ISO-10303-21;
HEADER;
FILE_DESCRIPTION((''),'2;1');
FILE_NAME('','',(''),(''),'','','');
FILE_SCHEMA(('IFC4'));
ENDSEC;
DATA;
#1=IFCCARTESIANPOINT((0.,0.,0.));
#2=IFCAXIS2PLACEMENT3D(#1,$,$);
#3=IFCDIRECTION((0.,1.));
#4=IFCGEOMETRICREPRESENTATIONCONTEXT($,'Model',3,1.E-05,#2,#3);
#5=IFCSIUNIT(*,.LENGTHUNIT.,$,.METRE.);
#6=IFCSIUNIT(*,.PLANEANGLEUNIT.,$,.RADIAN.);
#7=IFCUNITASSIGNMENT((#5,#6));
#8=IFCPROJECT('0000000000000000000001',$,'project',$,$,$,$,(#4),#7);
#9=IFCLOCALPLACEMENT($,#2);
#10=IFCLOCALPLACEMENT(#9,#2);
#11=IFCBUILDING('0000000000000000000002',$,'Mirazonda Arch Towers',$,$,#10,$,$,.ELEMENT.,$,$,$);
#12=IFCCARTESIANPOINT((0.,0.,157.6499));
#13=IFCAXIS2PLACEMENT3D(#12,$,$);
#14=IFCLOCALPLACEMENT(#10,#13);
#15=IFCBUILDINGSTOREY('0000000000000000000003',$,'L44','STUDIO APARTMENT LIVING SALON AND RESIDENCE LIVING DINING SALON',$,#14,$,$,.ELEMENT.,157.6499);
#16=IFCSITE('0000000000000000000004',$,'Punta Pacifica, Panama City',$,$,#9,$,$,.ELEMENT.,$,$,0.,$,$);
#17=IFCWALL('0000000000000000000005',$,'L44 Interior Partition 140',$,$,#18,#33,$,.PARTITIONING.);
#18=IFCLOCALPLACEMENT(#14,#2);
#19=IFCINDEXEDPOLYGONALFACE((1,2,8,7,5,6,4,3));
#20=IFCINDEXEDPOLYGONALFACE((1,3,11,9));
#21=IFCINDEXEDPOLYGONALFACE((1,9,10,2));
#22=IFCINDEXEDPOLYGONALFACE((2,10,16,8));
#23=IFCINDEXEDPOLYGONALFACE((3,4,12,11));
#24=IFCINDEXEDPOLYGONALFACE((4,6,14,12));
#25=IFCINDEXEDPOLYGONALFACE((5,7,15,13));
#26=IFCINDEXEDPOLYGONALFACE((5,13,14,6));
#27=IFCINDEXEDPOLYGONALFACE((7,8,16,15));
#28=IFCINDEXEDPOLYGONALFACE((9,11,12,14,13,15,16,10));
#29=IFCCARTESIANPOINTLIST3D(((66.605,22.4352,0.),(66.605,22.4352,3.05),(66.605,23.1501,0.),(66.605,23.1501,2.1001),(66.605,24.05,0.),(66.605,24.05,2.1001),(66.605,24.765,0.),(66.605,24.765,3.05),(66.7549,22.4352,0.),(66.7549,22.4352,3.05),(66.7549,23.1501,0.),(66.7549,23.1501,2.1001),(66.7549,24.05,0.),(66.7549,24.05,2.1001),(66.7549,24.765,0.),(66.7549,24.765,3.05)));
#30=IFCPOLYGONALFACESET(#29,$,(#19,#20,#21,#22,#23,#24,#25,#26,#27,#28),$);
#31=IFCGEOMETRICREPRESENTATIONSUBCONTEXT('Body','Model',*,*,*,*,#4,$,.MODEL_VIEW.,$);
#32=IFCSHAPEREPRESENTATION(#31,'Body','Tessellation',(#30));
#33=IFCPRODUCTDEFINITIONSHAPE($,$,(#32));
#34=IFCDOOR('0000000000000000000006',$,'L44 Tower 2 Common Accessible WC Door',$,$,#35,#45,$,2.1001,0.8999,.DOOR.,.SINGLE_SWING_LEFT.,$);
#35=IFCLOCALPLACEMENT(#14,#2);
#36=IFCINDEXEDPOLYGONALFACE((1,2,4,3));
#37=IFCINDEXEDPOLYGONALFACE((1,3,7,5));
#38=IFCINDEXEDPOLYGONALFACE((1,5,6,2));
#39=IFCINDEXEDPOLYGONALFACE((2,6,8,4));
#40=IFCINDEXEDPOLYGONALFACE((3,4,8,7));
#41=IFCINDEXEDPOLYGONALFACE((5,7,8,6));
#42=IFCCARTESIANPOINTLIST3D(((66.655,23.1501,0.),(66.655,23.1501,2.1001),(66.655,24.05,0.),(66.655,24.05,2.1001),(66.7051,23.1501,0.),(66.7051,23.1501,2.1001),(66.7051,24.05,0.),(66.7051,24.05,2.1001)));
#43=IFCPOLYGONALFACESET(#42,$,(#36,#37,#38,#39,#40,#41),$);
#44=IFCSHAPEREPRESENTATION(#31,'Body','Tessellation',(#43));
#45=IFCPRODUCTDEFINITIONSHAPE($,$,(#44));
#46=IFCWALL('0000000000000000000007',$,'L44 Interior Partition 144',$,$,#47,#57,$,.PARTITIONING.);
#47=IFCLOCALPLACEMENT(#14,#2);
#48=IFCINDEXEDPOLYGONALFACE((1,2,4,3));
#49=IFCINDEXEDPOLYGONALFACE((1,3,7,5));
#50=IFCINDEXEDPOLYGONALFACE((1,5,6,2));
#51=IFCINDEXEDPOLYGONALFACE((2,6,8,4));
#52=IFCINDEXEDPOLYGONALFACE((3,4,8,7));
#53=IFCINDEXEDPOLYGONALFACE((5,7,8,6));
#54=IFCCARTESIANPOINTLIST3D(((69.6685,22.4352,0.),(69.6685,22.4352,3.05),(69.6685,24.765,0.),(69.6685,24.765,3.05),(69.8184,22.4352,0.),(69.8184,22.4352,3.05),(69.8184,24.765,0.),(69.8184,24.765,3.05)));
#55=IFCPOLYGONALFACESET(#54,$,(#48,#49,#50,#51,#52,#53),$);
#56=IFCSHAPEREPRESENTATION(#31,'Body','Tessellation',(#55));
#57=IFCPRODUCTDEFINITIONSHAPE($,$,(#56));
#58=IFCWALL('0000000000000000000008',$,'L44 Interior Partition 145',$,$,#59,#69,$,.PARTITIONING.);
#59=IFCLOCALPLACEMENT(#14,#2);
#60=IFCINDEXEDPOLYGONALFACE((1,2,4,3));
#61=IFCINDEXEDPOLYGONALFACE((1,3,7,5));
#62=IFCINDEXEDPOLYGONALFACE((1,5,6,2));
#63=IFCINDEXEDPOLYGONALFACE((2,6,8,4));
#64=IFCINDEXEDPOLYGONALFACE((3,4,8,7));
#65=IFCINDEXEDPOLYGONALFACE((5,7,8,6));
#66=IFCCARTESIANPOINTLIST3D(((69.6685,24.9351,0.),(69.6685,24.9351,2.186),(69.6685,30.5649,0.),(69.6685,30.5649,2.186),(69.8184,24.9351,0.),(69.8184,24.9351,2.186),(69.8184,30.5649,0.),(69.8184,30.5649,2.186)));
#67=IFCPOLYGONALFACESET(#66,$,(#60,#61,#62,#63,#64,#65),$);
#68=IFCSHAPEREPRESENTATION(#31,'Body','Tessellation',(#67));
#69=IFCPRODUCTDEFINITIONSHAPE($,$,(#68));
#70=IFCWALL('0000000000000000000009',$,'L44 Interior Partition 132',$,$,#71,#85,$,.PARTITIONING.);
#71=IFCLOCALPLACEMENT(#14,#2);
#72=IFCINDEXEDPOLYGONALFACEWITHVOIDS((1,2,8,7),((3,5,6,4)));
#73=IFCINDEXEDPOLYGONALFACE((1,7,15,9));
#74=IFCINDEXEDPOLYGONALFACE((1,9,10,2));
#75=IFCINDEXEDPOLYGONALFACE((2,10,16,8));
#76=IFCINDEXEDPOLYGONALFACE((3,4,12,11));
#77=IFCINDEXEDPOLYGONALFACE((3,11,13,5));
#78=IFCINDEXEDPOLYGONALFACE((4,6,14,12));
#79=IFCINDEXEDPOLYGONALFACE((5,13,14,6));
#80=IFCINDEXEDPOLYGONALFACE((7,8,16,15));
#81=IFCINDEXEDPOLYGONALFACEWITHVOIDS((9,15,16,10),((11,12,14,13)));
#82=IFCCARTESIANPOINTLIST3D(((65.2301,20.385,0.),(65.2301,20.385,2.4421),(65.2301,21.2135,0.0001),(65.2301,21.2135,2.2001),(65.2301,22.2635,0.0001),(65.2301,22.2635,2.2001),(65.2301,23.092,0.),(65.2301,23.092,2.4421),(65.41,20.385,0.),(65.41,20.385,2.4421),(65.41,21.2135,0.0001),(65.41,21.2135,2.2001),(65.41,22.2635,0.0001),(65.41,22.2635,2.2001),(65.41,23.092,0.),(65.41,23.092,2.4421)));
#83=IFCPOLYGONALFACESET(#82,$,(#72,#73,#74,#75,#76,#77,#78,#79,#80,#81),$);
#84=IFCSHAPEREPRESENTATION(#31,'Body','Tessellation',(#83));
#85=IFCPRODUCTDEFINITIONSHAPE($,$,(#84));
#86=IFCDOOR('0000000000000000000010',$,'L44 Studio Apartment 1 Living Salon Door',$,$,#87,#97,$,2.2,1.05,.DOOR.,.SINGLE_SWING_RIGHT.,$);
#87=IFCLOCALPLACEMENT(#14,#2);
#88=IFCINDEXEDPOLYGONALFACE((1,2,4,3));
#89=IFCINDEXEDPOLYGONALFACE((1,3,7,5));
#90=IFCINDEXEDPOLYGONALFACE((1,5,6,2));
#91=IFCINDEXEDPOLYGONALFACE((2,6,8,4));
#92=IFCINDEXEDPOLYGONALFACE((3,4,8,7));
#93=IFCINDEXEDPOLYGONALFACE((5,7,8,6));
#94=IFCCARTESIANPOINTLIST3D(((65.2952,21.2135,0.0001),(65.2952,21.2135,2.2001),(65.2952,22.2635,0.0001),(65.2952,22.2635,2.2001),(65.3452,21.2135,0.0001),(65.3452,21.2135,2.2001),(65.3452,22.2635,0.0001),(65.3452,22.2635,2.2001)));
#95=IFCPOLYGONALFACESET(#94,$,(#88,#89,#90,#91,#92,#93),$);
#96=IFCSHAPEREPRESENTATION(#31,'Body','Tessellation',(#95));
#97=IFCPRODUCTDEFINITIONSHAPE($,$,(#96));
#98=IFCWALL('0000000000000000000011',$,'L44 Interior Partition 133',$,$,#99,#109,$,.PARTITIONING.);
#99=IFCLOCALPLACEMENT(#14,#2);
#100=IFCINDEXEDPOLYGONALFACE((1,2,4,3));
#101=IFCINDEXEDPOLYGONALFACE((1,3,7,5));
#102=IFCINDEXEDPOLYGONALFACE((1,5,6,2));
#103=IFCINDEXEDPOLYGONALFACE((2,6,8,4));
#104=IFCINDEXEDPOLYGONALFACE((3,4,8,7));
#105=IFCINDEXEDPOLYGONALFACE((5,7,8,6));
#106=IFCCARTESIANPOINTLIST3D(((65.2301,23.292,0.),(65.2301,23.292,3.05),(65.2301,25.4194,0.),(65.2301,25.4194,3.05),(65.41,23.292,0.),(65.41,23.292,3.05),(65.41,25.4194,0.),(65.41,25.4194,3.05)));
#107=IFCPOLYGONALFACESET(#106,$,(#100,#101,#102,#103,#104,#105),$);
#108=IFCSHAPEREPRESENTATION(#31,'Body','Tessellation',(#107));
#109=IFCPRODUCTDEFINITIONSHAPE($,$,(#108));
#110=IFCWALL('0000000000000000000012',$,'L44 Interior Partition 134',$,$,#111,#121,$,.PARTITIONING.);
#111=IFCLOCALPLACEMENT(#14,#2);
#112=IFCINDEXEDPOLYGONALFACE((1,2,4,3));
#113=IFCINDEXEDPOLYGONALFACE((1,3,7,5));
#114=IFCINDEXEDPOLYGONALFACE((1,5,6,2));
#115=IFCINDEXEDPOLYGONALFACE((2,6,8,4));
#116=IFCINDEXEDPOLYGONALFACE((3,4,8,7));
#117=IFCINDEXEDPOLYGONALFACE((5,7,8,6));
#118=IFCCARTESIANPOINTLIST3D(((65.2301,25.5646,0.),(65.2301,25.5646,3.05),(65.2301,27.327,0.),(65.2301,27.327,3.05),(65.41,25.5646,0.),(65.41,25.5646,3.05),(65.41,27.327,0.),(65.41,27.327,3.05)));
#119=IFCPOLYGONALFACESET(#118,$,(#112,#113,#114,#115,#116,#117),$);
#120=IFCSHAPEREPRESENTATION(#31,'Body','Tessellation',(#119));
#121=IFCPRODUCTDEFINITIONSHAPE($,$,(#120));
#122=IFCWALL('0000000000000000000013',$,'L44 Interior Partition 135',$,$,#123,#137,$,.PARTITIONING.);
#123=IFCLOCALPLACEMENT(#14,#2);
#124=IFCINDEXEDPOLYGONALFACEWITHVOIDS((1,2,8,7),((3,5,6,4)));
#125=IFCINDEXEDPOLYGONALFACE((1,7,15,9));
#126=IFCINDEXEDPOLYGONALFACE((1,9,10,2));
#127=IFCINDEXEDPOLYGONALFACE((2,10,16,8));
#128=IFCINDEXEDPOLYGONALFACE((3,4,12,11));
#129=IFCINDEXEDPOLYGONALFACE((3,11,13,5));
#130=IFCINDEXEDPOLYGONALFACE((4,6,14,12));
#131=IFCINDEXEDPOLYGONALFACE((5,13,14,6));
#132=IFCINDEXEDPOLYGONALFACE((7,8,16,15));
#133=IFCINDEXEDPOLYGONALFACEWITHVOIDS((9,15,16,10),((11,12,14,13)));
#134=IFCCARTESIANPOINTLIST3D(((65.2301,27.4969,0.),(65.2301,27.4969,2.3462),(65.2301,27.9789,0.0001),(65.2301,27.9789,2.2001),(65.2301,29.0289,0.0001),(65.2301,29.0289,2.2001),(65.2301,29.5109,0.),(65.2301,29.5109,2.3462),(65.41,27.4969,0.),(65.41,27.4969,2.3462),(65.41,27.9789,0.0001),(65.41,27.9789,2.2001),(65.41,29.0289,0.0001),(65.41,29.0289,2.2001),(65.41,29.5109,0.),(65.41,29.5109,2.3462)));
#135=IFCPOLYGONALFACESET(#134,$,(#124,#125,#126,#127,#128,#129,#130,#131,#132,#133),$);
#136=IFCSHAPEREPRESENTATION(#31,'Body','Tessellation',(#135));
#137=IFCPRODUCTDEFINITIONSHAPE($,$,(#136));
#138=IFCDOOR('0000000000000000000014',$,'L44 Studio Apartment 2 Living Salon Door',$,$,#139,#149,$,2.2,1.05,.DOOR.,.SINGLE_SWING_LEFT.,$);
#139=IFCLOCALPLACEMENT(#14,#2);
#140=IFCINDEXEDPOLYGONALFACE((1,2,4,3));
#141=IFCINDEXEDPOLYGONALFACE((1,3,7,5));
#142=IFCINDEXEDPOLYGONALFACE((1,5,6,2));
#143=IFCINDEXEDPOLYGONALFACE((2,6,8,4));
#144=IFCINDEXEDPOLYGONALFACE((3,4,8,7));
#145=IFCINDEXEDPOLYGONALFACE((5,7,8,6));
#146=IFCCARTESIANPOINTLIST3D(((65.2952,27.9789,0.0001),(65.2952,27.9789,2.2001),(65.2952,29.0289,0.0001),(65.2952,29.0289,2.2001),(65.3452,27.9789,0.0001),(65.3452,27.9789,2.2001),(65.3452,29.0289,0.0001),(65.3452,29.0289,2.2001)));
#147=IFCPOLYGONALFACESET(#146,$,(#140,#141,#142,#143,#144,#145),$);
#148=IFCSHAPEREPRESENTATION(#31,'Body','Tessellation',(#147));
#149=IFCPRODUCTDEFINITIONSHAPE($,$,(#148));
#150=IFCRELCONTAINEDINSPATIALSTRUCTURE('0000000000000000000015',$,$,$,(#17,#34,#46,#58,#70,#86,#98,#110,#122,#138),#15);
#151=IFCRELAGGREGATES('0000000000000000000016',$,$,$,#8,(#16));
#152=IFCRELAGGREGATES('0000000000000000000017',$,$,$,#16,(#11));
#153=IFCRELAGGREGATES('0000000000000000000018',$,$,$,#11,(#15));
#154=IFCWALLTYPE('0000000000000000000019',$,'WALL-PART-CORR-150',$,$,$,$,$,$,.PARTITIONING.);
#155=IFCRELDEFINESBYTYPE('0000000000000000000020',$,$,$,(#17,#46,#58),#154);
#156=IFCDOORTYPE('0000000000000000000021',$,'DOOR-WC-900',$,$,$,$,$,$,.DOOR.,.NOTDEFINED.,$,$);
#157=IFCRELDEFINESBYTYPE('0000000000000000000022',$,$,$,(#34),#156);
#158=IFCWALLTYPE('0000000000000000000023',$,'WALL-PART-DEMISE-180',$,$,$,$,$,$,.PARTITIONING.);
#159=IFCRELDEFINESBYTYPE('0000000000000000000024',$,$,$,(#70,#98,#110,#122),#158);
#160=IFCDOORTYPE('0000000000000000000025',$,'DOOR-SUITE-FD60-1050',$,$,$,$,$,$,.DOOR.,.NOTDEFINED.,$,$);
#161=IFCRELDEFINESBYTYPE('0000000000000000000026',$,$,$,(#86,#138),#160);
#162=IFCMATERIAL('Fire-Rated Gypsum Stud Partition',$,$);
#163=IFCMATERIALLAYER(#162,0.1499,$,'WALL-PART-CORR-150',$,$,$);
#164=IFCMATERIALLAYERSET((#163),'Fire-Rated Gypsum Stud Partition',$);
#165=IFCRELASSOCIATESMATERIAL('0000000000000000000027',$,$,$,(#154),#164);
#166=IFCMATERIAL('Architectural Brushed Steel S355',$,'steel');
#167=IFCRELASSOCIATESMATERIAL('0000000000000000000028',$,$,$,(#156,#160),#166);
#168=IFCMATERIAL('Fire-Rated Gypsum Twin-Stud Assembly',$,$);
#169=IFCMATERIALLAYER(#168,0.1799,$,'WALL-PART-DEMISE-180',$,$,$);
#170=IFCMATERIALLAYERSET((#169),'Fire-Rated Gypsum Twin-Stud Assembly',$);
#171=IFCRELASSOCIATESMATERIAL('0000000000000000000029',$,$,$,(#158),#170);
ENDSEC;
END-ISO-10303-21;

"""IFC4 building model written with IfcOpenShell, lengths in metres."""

from ifc_helpers import new_model, si_unit, direction, frame, frame_2d, origin, place, context, subcontext, project, spatial, rectangle, extrude, material, layer, layer_set, type_object, element, fill, save


model = new_model("IFC4")

# Units and contexts
model_context = context("Model", 3, precision=1e-05, world=origin(), true_north=direction((0.0, 1.0)))
body_context = subcontext(model_context, "Body", "Model", "MODEL_VIEW")
ifc_project = project(units=[si_unit("LENGTHUNIT", "METRE"), si_unit("PLANEANGLEUNIT", "RADIAN")], contexts=[model_context])

# Site, building, storey
site_placement = place(None, origin())
site = spatial("IfcSite", under=ifc_project, at=site_placement, Name="Punta Pacifica, Panama City", CompositionType="ELEMENT", RefElevation=0.0)
building_placement = place(site_placement, origin())
building = spatial("IfcBuilding", under=site, at=building_placement, Name="Mirazonda Arch Towers", CompositionType="ELEMENT")
storey_placement = place(building_placement, frame((0.0, 0.0, 157.6499)))
storey = spatial("IfcBuildingStorey", under=building, at=storey_placement, Name="L44", Description="STUDIO APARTMENT LIVING SALON AND RESIDENCE LIVING DINING SALON", CompositionType="ELEMENT", Elevation=157.6499)

# Shared definitions
ifc_material_1 = material(Name="Architectural Brushed Steel S355", Category="steel")

# Shared definitions
ifc_material_2 = material(Name="Fire-Rated Gypsum Stud Partition")
ifc_layer_1 = layer(ifc_material_2, 0.1499, Name="WALL-PART-CORR-150")
ifc_layer_set_1 = layer_set([ifc_layer_1], Name="Fire-Rated Gypsum Stud Partition")
wall_type_1 = type_object("IfcWallType", Name="WALL-PART-CORR-150", PredefinedType="PARTITIONING", material=ifc_layer_set_1)

# Wall, opening, door
wall_1_placement = place(storey_placement, frame((66.6799, 22.4351, 0.0), z_axis=(0.0, 0.0, 1.0), x_axis=(0.0, 1.0, 0.0)))
wall_1 = element("IfcWall", 1, at=wall_1_placement, inside=storey, type_object=wall_type_1, Name="L44 Interior Partition 140", PredefinedType="PARTITIONING", context=body_context, shape_type="SweptSolid", body=[
    extrude(rectangle(XDim=2.3298, YDim=0.1499, at=frame_2d((1.165, 0.0))), origin(), (0.0, 0.0, 1.0), 3.05),
])
opening_1_placement = place(wall_1_placement, frame((0.7151, 0.0, 0.0)))
opening_1 = element("IfcOpeningElement", 2, at=opening_1_placement, cuts=wall_1, PredefinedType="OPENING", context=body_context, shape_type="SweptSolid", body=[
    extrude(rectangle(XDim=0.8999, YDim=2.1001, at=frame_2d((0.45, 1.05))), frame((0.0, 0.085, 0.0), z_axis=(0.0, -1.0, 0.0), x_axis=(1.0, 0.0, 0.0)), (0.0, 0.0, 1.0), 0.1699),
])
door_type_1 = type_object("IfcDoorType", Name="DOOR-WC-900", OperationType="NOTDEFINED", PredefinedType="DOOR", material=ifc_material_1)
door_1_placement = place(opening_1_placement, origin())
door_1 = element("IfcDoor", 3, at=door_1_placement, inside=storey, type_object=door_type_1, Name="L44 Tower 2 Common Accessible WC Door", OperationType="SINGLE_SWING_LEFT", OverallHeight=2.1001, OverallWidth=0.8999, PredefinedType="DOOR", context=body_context, shape_type="SweptSolid", body=[
    extrude(rectangle(XDim=0.8999, YDim=2.1001, at=frame_2d((0.45, 1.05))), frame((0.0, 0.0249, 0.0), z_axis=(0.0, -1.0, 0.0), x_axis=(1.0, 0.0, 0.0)), (0.0, 0.0, 1.0), 0.05),
])
fill(opening_1, door_1)

# Walls
wall_2_placement = place(storey_placement, frame((69.7434, 22.4351, 0.0), z_axis=(0.0, 0.0, 1.0), x_axis=(0.0, 1.0, 0.0)))
element("IfcWall", 4, at=wall_2_placement, inside=storey, type_object=wall_type_1, Name="L44 Interior Partition 144", PredefinedType="PARTITIONING", context=body_context, shape_type="SweptSolid", body=[
    extrude(rectangle(XDim=2.3298, YDim=0.1499, at=frame_2d((1.165, 0.0))), origin(), (0.0, 0.0, 1.0), 3.05),
])
wall_3_placement = place(storey_placement, frame((69.7434, 24.9351, 0.0), z_axis=(0.0, 0.0, 1.0), x_axis=(0.0, 1.0, 0.0)))
element("IfcWall", 5, at=wall_3_placement, inside=storey, type_object=wall_type_1, Name="L44 Interior Partition 145", PredefinedType="PARTITIONING", context=body_context, shape_type="SweptSolid", body=[
    extrude(rectangle(XDim=5.6299, YDim=0.1499, at=frame_2d((2.8149, 0.0))), origin(), (0.0, 0.0, 1.0), 2.186),
])

# Wall, opening, door
ifc_material_3 = material(Name="Fire-Rated Gypsum Twin-Stud Assembly")
ifc_layer_2 = layer(ifc_material_3, 0.1799, Name="WALL-PART-DEMISE-180")
ifc_layer_set_2 = layer_set([ifc_layer_2], Name="Fire-Rated Gypsum Twin-Stud Assembly")
wall_type_2 = type_object("IfcWallType", Name="WALL-PART-DEMISE-180", PredefinedType="PARTITIONING", material=ifc_layer_set_2)
wall_4_placement = place(storey_placement, frame((65.3201, 20.385, 0.0), z_axis=(0.0, 0.0, 1.0), x_axis=(0.0, 1.0, 0.0)))
wall_4 = element("IfcWall", 6, at=wall_4_placement, inside=storey, type_object=wall_type_2, Name="L44 Interior Partition 132", PredefinedType="PARTITIONING", context=body_context, shape_type="SweptSolid", body=[
    extrude(rectangle(XDim=2.707, YDim=0.1799, at=frame_2d((1.3535, 0.0))), origin(), (0.0, 0.0, 1.0), 2.4421),
])
opening_2_placement = place(wall_4_placement, frame((0.8286, 0.0, 0.0)))
opening_2 = element("IfcOpeningElement", 7, at=opening_2_placement, cuts=wall_4, PredefinedType="OPENING", context=body_context, shape_type="SweptSolid", body=[
    extrude(rectangle(XDim=1.05, YDim=2.2, at=frame_2d((0.5249, 1.1001))), frame((0.0, 0.0999, 0.0), z_axis=(0.0, -1.0, 0.0), x_axis=(1.0, 0.0, 0.0)), (0.0, 0.0, 1.0), 0.2),
])
door_type_2 = type_object("IfcDoorType", Name="DOOR-SUITE-FD60-1050", OperationType="NOTDEFINED", PredefinedType="DOOR", material=ifc_material_1)
door_2_placement = place(opening_2_placement, origin())
door_2 = element("IfcDoor", 8, at=door_2_placement, inside=storey, type_object=door_type_2, Name="L44 Studio Apartment 1 Living Salon Door", OperationType="SINGLE_SWING_RIGHT", OverallHeight=2.2, OverallWidth=1.05, PredefinedType="DOOR", context=body_context, shape_type="SweptSolid", body=[
    extrude(rectangle(XDim=1.05, YDim=2.2, at=frame_2d((0.5249, 1.1001))), frame((0.0, 0.0249, 0.0), z_axis=(0.0, -1.0, 0.0), x_axis=(1.0, 0.0, 0.0)), (0.0, 0.0, 1.0), 0.05),
])
fill(opening_2, door_2)

# Walls
wall_5_placement = place(storey_placement, frame((65.3201, 23.292, 0.0), z_axis=(0.0, 0.0, 1.0), x_axis=(0.0, 1.0, 0.0)))
element("IfcWall", 9, at=wall_5_placement, inside=storey, type_object=wall_type_2, Name="L44 Interior Partition 133", PredefinedType="PARTITIONING", context=body_context, shape_type="SweptSolid", body=[
    extrude(rectangle(XDim=2.1274, YDim=0.1799, at=frame_2d((1.0637, 0.0))), origin(), (0.0, 0.0, 1.0), 3.05),
])
wall_6_placement = place(storey_placement, frame((65.3201, 25.5645, 0.0), z_axis=(0.0, 0.0, 1.0), x_axis=(0.0, 1.0, 0.0)))
element("IfcWall", 10, at=wall_6_placement, inside=storey, type_object=wall_type_2, Name="L44 Interior Partition 134", PredefinedType="PARTITIONING", context=body_context, shape_type="SweptSolid", body=[
    extrude(rectangle(XDim=1.7625, YDim=0.1799, at=frame_2d((0.8813, 0.0))), origin(), (0.0, 0.0, 1.0), 3.05),
])

# Wall, opening, door
wall_7_placement = place(storey_placement, frame((65.3201, 27.4971, 0.0), z_axis=(0.0, 0.0, 1.0), x_axis=(0.0, 1.0, 0.0)))
wall_7 = element("IfcWall", 11, at=wall_7_placement, inside=storey, type_object=wall_type_2, Name="L44 Interior Partition 135", PredefinedType="PARTITIONING", context=body_context, shape_type="SweptSolid", body=[
    extrude(rectangle(XDim=2.0139, YDim=0.1799, at=frame_2d((1.0068, 0.0))), origin(), (0.0, 0.0, 1.0), 2.3462),
])
opening_3_placement = place(wall_7_placement, frame((0.4819, 0.0, 0.0)))
opening_3 = element("IfcOpeningElement", 12, at=opening_3_placement, cuts=wall_7, PredefinedType="OPENING", context=body_context, shape_type="SweptSolid", body=[
    extrude(rectangle(XDim=1.05, YDim=2.2, at=frame_2d((0.5249, 1.1001))), frame((0.0, 0.0999, 0.0), z_axis=(0.0, -1.0, 0.0), x_axis=(1.0, 0.0, 0.0)), (0.0, 0.0, 1.0), 0.2),
])
door_3_placement = place(opening_3_placement, origin())
door_3 = element("IfcDoor", 13, at=door_3_placement, inside=storey, type_object=door_type_2, Name="L44 Studio Apartment 2 Living Salon Door", OperationType="SINGLE_SWING_LEFT", OverallHeight=2.2, OverallWidth=1.05, PredefinedType="DOOR", context=body_context, shape_type="SweptSolid", body=[
    extrude(rectangle(XDim=1.05, YDim=2.2, at=frame_2d((0.5249, 1.1001))), frame((0.0, 0.0249, 0.0), z_axis=(0.0, -1.0, 0.0), x_axis=(1.0, 0.0, 0.0)), (0.0, 0.0, 1.0), 0.05),
])
fill(opening_3, door_3)

save(model, "model.ifc")
